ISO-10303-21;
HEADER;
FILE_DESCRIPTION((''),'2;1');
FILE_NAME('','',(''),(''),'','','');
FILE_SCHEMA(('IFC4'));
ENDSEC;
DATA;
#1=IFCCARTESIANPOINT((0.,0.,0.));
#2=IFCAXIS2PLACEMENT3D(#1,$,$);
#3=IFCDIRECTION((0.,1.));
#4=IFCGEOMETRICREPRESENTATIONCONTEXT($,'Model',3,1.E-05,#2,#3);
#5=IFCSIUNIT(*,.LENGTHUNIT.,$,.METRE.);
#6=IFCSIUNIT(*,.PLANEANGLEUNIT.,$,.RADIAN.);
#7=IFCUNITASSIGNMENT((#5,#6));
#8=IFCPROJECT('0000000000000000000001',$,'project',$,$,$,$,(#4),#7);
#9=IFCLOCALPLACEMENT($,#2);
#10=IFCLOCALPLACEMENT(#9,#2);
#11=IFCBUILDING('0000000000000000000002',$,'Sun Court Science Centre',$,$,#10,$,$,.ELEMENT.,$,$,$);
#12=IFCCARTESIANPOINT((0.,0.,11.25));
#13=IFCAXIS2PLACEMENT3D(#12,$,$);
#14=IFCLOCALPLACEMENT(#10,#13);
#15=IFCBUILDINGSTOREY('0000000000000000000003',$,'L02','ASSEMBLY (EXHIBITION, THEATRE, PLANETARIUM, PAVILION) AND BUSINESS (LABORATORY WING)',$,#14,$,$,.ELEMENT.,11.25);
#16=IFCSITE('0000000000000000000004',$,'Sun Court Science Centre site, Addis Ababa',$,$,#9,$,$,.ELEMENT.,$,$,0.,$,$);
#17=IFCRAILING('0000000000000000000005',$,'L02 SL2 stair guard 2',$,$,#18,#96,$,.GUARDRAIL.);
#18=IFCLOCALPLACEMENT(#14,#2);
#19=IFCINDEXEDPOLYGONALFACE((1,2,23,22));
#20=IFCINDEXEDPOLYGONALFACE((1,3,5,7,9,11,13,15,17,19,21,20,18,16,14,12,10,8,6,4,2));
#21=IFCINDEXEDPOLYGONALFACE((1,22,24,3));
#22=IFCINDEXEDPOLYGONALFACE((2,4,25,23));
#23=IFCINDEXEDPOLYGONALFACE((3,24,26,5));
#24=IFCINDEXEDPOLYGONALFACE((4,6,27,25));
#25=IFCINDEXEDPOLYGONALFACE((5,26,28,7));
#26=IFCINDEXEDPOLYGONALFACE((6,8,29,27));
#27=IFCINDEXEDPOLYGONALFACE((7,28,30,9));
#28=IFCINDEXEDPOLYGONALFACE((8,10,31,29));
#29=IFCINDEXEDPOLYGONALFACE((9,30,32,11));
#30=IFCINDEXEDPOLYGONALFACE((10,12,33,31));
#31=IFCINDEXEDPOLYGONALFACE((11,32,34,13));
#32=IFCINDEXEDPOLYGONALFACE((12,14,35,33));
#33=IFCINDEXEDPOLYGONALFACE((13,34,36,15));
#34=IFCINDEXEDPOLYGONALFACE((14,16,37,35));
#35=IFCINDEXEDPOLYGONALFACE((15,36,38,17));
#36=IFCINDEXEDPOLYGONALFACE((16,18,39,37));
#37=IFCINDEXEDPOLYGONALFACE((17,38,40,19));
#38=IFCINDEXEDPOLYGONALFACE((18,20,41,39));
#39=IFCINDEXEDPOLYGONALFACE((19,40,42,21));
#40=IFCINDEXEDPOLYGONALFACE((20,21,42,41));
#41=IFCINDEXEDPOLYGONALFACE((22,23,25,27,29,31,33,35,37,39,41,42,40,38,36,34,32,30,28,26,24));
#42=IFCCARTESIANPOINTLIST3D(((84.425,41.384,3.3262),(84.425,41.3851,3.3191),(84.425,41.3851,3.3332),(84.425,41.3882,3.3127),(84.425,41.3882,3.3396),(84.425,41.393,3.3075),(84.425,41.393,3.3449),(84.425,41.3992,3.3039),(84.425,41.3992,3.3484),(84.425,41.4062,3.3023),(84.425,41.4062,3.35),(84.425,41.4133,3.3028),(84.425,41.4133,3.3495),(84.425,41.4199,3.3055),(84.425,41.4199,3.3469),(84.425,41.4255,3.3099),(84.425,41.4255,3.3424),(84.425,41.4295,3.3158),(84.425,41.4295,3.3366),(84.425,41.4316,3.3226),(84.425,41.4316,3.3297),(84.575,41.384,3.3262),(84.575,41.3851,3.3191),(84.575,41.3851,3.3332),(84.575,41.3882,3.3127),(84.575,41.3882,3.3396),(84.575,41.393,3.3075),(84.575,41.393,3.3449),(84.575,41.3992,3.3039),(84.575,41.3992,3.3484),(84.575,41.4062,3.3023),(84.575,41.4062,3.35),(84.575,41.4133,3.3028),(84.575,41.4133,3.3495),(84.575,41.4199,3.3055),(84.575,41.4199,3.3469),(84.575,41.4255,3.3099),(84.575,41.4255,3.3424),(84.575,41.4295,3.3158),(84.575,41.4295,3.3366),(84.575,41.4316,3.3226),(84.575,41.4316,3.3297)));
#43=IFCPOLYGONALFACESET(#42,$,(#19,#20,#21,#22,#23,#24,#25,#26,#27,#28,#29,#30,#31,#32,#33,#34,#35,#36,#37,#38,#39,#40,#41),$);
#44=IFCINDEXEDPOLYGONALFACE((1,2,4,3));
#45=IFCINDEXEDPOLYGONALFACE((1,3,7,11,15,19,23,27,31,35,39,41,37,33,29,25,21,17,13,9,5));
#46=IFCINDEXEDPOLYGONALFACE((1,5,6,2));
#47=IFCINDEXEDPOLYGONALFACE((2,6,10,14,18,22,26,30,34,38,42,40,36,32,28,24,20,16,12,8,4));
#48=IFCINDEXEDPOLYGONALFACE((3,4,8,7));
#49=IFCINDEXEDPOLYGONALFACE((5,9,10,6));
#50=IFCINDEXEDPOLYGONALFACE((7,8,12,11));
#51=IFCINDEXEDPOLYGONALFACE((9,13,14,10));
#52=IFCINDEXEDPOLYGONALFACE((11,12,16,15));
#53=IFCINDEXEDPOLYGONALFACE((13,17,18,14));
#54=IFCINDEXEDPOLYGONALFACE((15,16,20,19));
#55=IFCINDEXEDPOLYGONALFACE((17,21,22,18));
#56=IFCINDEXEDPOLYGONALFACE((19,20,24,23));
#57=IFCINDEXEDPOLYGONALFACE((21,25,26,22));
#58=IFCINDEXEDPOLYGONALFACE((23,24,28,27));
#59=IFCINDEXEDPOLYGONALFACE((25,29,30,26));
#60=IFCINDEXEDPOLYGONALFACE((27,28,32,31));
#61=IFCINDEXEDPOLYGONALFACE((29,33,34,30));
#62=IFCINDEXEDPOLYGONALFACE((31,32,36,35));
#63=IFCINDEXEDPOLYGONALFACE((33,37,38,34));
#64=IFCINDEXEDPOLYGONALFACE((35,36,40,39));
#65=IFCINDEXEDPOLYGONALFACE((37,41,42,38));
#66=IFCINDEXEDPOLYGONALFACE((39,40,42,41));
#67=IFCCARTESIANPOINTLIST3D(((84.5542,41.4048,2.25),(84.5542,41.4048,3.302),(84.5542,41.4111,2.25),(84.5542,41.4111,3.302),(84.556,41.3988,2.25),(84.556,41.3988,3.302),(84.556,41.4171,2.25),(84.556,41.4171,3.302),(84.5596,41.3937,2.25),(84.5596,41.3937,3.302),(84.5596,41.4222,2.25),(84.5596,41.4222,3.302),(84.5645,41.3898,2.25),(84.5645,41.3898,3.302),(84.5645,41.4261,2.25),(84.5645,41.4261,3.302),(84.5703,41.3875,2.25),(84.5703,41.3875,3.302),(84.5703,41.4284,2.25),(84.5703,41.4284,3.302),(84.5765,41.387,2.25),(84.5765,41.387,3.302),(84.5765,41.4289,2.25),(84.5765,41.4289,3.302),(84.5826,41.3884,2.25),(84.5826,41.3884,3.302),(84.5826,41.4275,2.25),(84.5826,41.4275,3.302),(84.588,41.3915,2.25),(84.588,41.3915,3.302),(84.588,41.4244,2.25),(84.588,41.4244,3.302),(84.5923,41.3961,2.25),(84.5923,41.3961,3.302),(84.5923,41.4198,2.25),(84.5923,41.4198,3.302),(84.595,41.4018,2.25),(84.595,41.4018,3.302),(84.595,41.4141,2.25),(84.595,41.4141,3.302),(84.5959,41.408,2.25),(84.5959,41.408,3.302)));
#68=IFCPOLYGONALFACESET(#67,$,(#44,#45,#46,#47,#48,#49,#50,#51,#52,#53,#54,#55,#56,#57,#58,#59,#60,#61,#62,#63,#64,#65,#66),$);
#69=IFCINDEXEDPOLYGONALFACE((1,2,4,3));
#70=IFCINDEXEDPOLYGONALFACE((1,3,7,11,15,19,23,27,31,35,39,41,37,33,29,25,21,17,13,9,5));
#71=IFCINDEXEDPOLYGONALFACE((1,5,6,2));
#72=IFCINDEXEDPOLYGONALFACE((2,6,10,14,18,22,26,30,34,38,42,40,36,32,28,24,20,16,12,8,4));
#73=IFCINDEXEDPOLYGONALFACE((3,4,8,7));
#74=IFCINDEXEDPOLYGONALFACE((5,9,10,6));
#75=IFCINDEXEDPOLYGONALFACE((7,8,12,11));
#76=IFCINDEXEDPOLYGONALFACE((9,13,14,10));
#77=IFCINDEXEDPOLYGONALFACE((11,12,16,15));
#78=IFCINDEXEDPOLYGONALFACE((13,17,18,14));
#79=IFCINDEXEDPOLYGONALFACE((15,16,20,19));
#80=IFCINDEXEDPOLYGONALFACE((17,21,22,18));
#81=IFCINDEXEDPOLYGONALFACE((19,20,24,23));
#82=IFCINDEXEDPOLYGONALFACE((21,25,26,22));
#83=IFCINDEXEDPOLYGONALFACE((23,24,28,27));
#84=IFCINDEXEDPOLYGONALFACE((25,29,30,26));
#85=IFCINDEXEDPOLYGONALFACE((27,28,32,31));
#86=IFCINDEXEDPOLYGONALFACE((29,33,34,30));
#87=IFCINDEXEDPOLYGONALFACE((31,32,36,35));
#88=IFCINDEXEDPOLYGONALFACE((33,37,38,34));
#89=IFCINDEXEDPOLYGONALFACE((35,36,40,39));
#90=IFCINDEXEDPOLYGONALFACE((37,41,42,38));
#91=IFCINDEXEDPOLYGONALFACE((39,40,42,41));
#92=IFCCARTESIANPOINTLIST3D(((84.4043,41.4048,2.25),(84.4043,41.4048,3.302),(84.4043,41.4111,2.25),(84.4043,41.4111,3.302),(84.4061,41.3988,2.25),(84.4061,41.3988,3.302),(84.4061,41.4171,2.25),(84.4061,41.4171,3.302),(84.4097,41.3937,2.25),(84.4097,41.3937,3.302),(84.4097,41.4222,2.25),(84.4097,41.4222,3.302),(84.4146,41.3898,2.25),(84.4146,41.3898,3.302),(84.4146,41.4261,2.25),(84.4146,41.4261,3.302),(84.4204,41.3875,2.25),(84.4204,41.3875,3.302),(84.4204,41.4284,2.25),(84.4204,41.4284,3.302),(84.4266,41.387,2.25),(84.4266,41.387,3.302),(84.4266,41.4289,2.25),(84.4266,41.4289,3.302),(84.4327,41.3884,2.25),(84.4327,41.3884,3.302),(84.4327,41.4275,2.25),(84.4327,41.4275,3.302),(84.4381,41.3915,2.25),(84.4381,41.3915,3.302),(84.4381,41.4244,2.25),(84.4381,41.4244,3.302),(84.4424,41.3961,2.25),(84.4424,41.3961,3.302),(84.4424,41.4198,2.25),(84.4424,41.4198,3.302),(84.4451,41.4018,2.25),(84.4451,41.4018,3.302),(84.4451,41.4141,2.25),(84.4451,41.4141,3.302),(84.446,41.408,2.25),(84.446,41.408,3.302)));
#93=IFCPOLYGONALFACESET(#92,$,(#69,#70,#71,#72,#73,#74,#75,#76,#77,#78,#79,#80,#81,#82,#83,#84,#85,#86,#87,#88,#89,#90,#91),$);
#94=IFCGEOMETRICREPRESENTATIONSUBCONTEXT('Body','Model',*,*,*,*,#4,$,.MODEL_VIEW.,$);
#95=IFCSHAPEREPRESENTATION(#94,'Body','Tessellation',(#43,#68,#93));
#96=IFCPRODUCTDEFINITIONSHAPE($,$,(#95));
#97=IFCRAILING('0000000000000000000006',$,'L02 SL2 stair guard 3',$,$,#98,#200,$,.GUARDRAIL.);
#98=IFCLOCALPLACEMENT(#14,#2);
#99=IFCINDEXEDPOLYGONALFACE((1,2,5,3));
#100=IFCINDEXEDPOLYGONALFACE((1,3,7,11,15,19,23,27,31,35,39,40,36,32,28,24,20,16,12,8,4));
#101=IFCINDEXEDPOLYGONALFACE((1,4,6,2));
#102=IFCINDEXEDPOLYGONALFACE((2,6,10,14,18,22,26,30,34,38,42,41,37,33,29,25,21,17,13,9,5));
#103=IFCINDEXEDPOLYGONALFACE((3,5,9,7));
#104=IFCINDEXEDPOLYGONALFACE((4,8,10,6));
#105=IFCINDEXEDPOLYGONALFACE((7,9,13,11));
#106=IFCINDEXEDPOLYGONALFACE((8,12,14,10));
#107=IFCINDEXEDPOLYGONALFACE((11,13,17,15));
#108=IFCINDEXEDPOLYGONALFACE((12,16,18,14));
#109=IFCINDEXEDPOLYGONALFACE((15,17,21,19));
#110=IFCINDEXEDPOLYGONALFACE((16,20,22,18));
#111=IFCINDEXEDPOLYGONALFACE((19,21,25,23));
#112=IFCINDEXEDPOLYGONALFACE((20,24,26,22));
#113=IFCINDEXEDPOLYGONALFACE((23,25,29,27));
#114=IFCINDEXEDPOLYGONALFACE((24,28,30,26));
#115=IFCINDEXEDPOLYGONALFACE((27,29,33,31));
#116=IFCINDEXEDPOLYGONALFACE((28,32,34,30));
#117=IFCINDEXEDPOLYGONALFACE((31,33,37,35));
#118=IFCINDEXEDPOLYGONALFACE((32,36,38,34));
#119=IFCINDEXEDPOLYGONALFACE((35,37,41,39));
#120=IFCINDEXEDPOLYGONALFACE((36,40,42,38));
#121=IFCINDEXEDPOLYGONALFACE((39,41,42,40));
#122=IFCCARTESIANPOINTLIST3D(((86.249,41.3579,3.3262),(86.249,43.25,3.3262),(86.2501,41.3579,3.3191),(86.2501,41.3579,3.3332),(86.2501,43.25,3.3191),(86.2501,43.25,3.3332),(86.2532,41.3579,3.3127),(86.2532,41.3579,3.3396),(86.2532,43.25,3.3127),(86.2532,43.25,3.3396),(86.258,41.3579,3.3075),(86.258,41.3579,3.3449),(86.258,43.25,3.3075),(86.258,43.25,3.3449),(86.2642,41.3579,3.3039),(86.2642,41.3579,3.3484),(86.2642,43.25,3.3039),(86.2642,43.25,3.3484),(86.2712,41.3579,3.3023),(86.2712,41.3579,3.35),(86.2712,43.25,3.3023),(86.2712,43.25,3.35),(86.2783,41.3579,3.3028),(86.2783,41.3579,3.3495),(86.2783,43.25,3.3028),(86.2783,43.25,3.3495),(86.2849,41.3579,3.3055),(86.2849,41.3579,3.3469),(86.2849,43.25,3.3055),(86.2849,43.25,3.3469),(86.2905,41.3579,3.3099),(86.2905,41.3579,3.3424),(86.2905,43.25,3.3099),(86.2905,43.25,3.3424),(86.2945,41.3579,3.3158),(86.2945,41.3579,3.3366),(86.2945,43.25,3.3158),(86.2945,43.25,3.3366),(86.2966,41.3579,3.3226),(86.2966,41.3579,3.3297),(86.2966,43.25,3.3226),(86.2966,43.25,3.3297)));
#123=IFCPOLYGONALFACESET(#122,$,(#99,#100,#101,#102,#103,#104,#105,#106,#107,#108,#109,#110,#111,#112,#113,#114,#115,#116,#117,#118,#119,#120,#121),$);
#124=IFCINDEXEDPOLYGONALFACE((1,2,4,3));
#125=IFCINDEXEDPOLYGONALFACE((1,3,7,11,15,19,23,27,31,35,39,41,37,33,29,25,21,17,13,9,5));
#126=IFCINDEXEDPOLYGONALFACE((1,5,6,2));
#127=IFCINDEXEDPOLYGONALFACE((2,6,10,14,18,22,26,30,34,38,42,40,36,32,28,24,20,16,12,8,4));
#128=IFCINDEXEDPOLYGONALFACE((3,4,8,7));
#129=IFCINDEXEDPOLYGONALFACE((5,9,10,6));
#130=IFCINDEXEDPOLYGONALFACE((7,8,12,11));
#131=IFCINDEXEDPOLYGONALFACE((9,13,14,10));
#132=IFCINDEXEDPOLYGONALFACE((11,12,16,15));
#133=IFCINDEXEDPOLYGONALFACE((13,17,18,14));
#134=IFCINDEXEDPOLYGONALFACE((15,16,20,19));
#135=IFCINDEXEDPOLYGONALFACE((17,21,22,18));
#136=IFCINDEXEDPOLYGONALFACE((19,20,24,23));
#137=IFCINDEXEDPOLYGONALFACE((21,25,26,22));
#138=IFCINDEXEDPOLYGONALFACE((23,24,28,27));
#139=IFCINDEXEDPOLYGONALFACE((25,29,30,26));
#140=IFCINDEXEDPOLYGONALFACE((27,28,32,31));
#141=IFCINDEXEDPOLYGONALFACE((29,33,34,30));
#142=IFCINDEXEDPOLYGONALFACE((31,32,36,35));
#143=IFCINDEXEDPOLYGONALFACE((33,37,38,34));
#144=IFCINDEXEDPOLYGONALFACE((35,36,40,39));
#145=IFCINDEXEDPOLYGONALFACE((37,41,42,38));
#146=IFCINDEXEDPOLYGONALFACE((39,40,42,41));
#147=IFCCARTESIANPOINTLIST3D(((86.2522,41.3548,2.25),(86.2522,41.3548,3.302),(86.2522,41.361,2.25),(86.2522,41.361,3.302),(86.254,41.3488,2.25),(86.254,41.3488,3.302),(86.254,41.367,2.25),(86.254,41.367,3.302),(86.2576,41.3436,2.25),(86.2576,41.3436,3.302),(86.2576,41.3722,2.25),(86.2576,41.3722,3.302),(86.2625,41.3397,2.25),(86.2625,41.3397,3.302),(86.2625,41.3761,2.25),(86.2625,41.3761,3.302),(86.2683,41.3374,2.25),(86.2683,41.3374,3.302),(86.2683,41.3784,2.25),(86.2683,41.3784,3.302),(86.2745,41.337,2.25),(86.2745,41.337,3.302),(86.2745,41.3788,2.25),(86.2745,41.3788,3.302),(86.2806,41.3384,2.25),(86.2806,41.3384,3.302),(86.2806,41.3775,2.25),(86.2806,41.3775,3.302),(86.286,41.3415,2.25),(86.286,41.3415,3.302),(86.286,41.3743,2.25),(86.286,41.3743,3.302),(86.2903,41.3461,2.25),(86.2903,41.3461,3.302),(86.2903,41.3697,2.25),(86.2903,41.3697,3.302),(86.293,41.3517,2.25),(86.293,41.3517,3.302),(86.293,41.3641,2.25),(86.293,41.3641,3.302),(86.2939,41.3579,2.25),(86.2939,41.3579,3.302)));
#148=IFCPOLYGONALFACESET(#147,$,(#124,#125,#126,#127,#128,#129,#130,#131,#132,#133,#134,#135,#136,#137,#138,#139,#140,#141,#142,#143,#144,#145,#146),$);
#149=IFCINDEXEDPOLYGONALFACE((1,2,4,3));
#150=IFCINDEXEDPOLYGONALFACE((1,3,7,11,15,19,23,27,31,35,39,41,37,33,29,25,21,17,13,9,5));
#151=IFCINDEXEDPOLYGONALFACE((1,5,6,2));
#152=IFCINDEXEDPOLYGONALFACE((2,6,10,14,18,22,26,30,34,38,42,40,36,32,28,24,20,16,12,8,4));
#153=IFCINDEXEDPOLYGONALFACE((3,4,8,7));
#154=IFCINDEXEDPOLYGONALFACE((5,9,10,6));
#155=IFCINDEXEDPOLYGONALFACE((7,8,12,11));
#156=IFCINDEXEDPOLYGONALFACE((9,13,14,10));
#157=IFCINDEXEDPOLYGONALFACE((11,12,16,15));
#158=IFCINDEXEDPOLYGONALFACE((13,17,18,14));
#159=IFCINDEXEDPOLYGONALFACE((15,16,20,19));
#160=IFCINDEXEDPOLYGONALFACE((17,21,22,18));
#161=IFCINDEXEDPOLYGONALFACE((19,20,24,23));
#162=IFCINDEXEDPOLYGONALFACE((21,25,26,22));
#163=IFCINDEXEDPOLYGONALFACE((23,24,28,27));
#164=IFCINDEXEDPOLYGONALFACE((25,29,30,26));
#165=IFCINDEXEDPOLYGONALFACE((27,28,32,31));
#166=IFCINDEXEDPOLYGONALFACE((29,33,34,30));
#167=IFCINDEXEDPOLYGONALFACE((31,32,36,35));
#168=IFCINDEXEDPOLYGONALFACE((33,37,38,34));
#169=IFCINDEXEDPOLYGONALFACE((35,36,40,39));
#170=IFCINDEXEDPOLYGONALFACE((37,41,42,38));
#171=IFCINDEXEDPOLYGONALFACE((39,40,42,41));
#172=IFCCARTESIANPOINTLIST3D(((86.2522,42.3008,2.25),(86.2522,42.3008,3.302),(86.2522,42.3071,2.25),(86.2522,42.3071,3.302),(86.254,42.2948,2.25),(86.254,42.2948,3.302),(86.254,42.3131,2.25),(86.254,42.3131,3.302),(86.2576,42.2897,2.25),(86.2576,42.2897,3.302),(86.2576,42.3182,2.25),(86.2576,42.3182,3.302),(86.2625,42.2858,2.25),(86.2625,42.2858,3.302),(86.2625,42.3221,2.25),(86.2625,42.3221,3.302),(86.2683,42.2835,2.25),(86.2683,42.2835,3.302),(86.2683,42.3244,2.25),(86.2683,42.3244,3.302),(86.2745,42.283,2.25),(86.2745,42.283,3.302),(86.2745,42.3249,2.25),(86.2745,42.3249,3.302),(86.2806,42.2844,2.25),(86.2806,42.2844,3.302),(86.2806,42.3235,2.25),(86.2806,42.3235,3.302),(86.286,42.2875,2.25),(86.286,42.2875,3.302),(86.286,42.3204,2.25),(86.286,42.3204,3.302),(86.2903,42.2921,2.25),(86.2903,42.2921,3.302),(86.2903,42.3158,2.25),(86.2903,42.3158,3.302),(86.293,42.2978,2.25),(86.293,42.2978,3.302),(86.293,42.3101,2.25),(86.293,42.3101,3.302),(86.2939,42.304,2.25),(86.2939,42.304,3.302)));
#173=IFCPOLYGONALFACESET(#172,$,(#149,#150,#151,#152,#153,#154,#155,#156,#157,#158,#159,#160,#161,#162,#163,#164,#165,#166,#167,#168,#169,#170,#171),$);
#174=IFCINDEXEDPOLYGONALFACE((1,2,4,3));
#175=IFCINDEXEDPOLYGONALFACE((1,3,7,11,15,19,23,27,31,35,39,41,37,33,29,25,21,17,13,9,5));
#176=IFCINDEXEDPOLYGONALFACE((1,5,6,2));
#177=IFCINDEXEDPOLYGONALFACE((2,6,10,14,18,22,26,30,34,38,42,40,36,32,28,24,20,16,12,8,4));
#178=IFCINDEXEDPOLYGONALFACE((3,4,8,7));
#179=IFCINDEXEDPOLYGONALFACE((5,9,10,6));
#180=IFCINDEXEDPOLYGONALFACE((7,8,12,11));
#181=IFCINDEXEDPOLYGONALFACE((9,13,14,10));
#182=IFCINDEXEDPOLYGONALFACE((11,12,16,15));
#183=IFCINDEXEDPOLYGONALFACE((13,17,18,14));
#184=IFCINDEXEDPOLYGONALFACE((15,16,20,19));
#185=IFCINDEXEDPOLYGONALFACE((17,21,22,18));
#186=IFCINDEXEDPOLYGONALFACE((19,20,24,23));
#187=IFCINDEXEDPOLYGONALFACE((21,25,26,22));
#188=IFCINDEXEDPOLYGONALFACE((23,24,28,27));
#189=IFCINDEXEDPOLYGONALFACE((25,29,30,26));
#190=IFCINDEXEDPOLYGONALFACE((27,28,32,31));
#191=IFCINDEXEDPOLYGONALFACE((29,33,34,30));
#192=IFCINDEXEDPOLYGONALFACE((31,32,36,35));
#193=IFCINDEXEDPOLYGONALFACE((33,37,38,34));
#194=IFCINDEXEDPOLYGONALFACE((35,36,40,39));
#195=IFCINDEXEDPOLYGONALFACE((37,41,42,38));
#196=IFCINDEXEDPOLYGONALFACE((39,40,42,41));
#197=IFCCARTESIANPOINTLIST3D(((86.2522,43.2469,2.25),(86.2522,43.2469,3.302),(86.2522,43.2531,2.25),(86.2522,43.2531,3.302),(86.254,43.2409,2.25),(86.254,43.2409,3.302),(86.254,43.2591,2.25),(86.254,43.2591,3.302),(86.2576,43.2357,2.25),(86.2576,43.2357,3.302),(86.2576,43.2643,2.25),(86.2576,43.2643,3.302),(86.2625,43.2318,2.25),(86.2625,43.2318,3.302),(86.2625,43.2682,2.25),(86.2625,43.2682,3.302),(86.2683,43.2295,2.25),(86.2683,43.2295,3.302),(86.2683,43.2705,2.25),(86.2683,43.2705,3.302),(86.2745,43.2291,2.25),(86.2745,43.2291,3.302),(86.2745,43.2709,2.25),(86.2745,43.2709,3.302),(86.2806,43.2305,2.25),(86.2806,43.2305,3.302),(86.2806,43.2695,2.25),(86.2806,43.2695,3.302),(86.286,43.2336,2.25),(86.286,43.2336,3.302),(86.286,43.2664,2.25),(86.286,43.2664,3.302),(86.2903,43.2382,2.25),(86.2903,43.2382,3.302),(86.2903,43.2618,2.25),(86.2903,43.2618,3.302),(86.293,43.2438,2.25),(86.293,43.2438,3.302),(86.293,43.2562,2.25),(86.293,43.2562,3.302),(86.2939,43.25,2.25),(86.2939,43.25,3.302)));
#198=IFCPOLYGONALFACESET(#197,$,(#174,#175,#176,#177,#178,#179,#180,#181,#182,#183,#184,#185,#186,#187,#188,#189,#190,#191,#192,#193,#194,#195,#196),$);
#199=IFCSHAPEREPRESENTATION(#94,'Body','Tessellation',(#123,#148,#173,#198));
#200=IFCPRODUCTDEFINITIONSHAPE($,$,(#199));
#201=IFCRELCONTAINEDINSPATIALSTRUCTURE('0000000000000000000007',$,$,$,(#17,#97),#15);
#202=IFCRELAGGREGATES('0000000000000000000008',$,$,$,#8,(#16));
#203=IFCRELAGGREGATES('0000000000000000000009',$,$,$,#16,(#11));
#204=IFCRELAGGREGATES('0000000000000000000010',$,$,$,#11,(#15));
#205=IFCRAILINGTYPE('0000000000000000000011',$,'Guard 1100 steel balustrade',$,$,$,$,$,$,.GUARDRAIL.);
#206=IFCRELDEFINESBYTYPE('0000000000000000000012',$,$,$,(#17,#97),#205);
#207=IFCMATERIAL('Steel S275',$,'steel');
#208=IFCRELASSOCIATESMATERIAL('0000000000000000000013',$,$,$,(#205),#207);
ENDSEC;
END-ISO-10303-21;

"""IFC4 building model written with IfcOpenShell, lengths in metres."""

from ifc_helpers import new_model, si_unit, direction, frame, origin, origin_2d, place, context, subcontext, project, spatial, circle, extrude, material, type_object, element, save


model = new_model("IFC4")

# Units and contexts
model_context = context("Model", 3, precision=1e-05, world=origin(), true_north=direction((0.0, 1.0)))
body_context = subcontext(model_context, "Body", "Model", "MODEL_VIEW")
ifc_project = project(units=[si_unit("LENGTHUNIT", "METRE"), si_unit("PLANEANGLEUNIT", "RADIAN")], contexts=[model_context])

# Site, building, storey
site_placement = place(None, origin())
site = spatial("IfcSite", under=ifc_project, at=site_placement, Name="Sun Court Science Centre site, Addis Ababa", CompositionType="ELEMENT", RefElevation=0.0)
building_placement = place(site_placement, origin())
building = spatial("IfcBuilding", under=site, at=building_placement, Name="Sun Court Science Centre", CompositionType="ELEMENT")
storey_placement = place(building_placement, frame((0.0, 0.0, 11.25)))
storey = spatial("IfcBuildingStorey", under=building, at=storey_placement, Name="L02", Description="ASSEMBLY (EXHIBITION, THEATRE, PLANETARIUM, PAVILION) AND BUSINESS (LABORATORY WING)", CompositionType="ELEMENT", Elevation=11.25)

# Railings
ifc_material_1 = material(Name="Steel S275", Category="steel")
railing_type_1 = type_object("IfcRailingType", Name="Guard 1100 steel balustrade", PredefinedType="GUARDRAIL", material=ifc_material_1)
railing_1_placement = place(storey_placement, frame((84.575, 41.408, 2.25)))
element("IfcRailing", 1, at=railing_1_placement, inside=storey, type_object=railing_type_1, Name="L02 SL2 stair guard 2", PredefinedType="GUARDRAIL", context=body_context, shape_type="SweptSolid", body=[
    extrude(circle(Radius=0.0239, at=origin_2d()), frame((0.0, 0.0, 1.0762), z_axis=(-1.0, 0.0, 0.0), x_axis=(0.0, -1.0, 0.0)), (0.0, 0.0, 1.0), 0.1499),
    extrude(circle(Radius=0.021, at=origin_2d()), origin(), (0.0, 0.0, 1.0), 1.052),
    extrude(circle(Radius=0.021, at=origin_2d()), frame((-0.1499, 0.0, 0.0)), (0.0, 0.0, 1.0), 1.052),
])
for number, where, name in (
    (2, (86.2729, 41.3579, 2.25), "L02 SL2 stair guard 3"),
):
    element("IfcRailing", number, at=place(storey_placement, frame(where)), inside=storey, type_object=railing_type_1, Name=name, PredefinedType="GUARDRAIL", context=body_context, shape_type="SweptSolid", body=[
        extrude(circle(Radius=0.0239, at=origin_2d()), frame((0.0, 0.0, 1.0762), z_axis=(0.0, 1.0, 0.0), x_axis=(-1.0, 0.0, 0.0)), (0.0, 0.0, 1.0), 1.8921),
        extrude(circle(Radius=0.021, at=origin_2d()), origin(), (0.0, 0.0, 1.0), 1.052),
        extrude(circle(Radius=0.021, at=origin_2d()), frame((0.0, 0.946, 0.0)), (0.0, 0.0, 1.0), 1.052),
        extrude(circle(Radius=0.021, at=origin_2d()), frame((0.0, 1.8921, 0.0)), (0.0, 0.0, 1.0), 1.052),
    ])

save(model, "model.ifc")
